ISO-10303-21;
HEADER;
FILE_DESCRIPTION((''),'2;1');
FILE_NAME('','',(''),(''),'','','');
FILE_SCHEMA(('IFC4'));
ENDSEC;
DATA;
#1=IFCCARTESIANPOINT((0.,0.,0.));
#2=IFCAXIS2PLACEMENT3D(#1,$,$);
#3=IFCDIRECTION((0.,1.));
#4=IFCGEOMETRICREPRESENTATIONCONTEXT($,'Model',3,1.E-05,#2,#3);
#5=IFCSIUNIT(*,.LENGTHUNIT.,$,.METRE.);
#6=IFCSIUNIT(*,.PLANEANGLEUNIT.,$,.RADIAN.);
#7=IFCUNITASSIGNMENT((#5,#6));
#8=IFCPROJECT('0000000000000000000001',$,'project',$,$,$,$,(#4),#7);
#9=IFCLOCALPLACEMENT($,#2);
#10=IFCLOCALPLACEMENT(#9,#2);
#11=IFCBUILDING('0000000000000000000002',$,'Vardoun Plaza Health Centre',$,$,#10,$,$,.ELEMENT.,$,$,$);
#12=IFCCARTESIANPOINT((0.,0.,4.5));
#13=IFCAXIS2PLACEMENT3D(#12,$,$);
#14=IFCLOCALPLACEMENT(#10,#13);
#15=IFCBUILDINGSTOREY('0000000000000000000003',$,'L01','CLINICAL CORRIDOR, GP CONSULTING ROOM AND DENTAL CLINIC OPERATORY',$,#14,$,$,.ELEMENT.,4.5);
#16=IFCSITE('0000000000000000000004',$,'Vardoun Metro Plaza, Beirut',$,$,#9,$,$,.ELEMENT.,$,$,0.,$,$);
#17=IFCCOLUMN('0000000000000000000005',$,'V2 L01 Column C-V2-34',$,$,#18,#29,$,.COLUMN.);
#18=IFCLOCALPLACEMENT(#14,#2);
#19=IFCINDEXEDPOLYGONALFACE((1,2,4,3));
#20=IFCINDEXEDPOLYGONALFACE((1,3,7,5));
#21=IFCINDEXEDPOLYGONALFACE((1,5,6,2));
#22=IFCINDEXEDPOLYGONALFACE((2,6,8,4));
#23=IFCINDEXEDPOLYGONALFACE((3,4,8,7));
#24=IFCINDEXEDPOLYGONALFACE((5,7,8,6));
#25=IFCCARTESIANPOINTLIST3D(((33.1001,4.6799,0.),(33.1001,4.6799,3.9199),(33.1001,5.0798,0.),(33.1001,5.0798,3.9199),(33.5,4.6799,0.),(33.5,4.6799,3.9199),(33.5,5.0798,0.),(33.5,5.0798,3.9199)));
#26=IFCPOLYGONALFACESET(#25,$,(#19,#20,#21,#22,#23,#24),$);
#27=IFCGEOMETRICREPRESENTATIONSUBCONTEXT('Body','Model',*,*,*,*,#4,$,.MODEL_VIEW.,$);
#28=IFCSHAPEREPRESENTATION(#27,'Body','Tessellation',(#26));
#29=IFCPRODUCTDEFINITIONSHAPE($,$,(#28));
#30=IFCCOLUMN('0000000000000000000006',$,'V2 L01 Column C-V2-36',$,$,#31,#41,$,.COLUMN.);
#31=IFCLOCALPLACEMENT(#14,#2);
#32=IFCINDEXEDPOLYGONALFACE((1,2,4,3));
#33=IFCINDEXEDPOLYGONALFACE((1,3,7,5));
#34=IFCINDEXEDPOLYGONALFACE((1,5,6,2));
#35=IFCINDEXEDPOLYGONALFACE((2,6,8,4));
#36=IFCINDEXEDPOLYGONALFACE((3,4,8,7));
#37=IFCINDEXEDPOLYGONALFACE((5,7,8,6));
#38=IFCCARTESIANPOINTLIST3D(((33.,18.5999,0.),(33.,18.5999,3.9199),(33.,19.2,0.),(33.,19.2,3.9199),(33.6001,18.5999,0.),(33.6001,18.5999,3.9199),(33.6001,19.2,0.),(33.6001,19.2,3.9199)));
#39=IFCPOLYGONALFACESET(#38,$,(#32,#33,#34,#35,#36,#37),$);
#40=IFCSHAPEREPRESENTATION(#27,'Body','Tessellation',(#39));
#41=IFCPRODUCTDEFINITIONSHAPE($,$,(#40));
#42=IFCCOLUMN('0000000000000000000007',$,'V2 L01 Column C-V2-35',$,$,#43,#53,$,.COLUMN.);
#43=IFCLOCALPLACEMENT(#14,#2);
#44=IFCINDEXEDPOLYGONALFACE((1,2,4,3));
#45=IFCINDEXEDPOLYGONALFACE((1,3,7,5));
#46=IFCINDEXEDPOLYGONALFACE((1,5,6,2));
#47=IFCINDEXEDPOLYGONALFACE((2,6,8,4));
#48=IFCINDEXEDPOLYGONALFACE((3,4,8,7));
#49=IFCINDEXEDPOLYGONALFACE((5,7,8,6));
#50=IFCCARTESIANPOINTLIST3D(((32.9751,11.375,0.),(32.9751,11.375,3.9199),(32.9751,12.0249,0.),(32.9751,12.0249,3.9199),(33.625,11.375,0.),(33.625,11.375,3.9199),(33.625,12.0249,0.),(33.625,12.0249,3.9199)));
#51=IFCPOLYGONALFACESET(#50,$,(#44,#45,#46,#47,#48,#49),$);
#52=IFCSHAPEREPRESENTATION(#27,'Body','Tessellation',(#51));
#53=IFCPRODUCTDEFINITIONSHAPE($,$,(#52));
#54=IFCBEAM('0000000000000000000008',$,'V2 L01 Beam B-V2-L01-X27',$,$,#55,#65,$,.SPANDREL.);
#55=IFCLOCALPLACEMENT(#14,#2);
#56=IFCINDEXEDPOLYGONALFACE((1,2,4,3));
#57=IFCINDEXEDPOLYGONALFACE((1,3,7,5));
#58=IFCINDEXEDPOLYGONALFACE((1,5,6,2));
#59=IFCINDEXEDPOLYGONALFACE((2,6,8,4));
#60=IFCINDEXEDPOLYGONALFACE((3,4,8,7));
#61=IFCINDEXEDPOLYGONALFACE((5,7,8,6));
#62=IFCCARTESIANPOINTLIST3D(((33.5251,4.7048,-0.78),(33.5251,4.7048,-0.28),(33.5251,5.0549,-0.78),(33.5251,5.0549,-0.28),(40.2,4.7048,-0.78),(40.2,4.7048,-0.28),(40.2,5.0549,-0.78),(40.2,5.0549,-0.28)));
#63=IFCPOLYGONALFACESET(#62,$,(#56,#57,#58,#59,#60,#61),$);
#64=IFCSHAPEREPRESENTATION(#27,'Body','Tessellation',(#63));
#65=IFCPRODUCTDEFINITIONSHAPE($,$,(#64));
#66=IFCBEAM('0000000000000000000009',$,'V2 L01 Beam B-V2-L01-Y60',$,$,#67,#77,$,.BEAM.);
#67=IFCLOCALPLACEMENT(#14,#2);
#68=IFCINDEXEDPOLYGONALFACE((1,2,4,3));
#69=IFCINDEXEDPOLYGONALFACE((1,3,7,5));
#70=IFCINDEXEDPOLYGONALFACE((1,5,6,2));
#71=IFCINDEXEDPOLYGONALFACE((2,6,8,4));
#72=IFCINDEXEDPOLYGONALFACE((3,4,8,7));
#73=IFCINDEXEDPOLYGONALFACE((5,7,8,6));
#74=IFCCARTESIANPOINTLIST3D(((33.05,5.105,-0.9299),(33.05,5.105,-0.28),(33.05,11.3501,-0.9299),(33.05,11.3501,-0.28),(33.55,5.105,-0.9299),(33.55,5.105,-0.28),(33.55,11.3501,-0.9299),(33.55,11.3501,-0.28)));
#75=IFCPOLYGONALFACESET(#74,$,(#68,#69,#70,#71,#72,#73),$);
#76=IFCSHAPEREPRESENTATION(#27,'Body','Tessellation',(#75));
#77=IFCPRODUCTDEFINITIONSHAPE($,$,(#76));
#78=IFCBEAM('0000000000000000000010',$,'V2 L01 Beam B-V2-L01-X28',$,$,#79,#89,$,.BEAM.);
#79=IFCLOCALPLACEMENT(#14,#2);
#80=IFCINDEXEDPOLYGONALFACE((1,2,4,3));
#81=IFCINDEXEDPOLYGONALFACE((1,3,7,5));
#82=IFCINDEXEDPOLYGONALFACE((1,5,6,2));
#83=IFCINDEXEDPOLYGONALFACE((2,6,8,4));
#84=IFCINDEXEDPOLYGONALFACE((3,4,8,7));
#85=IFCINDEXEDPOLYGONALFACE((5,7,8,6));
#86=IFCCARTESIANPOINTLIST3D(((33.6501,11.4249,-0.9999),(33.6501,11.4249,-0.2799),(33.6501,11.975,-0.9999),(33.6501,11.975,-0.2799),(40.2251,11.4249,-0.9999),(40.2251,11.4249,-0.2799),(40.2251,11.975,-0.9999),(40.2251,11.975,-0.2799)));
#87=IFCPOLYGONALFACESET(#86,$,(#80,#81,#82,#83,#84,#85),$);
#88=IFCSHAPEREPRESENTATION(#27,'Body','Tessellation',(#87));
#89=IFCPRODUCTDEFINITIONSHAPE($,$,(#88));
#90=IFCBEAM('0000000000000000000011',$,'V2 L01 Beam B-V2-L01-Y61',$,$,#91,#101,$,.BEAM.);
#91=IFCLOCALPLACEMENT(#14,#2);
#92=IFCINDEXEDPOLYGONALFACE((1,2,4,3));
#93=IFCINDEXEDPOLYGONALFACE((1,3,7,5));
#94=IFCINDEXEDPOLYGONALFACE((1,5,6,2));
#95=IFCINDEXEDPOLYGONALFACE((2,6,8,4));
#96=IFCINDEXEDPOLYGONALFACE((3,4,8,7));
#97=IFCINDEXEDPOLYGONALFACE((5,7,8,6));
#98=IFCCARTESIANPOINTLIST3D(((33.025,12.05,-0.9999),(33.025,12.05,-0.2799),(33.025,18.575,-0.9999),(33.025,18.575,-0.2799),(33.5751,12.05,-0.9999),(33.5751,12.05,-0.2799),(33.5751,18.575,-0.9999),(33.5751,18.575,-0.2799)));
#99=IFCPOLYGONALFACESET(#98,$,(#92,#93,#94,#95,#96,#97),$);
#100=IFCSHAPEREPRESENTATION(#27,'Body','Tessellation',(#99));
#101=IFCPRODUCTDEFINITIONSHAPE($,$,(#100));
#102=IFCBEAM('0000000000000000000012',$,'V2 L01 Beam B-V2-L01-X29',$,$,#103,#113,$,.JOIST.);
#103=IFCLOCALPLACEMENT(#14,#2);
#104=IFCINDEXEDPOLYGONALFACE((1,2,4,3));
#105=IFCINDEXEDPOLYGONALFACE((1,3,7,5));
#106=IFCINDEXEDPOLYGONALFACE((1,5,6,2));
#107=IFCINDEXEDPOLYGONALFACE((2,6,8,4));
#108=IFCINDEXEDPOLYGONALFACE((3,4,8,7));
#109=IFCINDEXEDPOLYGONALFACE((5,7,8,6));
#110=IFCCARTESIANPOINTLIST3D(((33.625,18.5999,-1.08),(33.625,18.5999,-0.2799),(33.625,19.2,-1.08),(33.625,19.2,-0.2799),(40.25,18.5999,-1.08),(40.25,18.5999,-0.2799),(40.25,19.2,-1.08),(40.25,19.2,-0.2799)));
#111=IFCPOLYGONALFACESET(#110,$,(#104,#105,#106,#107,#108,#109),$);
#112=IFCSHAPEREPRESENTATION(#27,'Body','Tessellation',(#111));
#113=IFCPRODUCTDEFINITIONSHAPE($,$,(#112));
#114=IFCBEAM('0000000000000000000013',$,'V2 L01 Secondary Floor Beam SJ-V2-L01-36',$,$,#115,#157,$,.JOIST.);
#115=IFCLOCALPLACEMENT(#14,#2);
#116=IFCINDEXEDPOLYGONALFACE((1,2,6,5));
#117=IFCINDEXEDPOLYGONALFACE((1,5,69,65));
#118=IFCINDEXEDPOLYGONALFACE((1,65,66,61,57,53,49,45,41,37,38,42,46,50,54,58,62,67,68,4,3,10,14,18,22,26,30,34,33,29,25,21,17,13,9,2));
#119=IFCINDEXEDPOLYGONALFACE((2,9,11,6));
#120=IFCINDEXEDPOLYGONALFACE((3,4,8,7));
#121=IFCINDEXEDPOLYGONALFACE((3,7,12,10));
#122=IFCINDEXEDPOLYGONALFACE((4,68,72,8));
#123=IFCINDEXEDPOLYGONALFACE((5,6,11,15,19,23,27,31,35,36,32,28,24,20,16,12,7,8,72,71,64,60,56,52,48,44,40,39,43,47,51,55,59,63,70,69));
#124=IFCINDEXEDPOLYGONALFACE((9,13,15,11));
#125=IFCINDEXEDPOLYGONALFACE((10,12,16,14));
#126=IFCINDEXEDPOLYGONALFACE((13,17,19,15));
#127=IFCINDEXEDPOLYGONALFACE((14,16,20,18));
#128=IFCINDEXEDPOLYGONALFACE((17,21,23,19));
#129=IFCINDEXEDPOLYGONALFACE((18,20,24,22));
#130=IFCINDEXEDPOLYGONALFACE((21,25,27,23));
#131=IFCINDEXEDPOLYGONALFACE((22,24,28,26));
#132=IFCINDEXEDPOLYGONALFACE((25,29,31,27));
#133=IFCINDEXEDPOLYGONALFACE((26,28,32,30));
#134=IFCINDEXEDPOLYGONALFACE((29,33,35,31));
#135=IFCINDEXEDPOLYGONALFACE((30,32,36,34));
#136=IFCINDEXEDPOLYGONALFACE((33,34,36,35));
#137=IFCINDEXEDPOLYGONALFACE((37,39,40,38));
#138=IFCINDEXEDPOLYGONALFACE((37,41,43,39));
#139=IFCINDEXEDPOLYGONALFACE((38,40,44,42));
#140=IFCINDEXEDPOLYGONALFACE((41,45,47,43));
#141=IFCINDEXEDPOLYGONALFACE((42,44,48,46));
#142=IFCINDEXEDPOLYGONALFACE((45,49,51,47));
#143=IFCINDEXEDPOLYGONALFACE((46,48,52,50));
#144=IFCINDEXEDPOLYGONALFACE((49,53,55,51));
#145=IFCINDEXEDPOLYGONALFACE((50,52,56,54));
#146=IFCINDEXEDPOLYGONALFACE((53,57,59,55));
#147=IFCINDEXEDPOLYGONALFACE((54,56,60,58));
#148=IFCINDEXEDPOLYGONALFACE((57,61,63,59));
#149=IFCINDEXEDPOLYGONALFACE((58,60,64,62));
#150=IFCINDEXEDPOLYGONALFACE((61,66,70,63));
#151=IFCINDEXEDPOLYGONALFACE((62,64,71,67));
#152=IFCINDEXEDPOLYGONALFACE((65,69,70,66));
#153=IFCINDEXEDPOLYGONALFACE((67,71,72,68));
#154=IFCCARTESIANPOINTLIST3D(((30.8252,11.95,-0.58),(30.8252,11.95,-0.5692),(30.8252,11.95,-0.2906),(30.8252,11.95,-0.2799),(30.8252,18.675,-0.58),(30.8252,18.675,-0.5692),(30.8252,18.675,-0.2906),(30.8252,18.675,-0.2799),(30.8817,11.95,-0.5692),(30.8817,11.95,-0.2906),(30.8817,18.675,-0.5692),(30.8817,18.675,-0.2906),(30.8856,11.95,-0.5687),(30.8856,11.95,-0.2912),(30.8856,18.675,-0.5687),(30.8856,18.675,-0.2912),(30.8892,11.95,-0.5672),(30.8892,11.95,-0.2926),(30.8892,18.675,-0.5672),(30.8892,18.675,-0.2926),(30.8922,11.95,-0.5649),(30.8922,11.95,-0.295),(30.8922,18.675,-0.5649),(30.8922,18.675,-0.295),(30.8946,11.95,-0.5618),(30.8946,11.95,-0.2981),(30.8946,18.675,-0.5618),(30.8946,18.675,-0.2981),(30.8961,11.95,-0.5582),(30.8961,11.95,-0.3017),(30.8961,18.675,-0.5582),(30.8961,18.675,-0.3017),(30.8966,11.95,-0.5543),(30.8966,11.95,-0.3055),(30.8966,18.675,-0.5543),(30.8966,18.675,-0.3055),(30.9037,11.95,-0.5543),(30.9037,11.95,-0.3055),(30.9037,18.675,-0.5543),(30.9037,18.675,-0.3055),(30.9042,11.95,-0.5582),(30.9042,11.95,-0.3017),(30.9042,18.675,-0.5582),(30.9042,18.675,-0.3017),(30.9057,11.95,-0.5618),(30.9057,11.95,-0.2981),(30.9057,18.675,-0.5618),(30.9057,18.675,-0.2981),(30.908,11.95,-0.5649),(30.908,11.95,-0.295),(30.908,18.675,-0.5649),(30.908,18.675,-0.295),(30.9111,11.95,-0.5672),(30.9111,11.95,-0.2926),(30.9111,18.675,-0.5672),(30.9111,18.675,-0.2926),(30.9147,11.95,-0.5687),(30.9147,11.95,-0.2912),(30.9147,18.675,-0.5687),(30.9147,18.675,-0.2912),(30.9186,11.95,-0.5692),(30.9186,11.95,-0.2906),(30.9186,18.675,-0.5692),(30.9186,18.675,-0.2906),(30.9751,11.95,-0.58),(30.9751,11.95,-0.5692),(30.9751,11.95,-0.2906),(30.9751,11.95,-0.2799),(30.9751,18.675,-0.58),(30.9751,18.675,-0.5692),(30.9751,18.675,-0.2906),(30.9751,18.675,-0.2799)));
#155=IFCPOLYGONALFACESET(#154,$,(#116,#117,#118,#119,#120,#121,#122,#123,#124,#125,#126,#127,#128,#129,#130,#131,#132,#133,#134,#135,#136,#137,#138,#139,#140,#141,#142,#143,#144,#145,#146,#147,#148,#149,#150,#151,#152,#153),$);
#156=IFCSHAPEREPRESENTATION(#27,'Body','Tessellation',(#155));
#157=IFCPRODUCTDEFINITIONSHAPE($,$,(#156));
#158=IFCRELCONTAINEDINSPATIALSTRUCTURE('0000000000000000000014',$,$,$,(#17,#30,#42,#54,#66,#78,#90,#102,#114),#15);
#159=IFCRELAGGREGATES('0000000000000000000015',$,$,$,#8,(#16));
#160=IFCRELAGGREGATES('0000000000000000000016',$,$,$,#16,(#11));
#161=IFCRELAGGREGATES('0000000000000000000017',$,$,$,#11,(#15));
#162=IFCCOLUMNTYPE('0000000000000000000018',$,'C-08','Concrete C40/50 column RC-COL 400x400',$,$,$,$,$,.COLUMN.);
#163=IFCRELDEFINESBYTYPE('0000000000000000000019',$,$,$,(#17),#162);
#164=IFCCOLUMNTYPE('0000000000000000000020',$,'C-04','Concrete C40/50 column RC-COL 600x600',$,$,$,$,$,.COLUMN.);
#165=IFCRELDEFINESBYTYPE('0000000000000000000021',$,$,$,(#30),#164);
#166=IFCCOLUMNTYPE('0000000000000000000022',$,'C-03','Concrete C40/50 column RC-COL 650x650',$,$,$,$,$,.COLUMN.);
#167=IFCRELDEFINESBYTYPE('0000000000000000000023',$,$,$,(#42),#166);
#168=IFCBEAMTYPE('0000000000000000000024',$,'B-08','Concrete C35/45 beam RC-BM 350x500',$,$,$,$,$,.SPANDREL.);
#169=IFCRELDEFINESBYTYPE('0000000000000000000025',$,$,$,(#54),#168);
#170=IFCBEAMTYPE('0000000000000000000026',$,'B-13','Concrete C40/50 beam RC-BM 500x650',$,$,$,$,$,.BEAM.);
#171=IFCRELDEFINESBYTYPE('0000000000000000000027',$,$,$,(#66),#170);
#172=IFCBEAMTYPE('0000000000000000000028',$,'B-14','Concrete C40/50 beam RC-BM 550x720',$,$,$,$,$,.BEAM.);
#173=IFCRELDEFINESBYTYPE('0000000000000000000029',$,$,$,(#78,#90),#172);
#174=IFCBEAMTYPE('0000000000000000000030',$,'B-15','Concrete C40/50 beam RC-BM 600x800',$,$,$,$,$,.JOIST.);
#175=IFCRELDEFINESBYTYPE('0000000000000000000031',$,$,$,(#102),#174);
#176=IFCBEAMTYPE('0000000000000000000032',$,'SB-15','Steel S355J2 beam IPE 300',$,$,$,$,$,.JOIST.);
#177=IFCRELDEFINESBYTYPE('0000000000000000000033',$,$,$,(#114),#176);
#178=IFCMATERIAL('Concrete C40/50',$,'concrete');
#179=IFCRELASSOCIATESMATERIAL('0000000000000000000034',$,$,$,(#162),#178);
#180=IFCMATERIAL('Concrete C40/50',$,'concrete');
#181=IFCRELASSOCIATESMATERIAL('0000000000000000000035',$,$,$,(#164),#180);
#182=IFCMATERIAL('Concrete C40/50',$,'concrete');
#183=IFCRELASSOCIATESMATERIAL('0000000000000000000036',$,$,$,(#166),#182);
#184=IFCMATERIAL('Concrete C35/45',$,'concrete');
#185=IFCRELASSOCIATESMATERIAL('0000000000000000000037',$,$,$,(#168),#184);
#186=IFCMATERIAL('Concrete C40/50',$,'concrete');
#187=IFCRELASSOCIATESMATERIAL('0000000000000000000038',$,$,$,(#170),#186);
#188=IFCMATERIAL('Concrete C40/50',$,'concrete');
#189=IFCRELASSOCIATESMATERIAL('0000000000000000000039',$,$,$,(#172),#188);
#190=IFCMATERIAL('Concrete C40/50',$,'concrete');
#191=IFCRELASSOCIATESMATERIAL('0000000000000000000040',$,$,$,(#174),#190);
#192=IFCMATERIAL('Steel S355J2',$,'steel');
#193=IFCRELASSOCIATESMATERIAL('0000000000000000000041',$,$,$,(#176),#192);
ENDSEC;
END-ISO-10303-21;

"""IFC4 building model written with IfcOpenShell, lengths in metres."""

from ifc_helpers import new_model, si_unit, direction, frame, origin, origin_2d, place, context, subcontext, project, spatial, rectangle, i_section, extrude, material, material_profile, profile_set, type_object, element, save


model = new_model("IFC4")

# Units and contexts
model_context = context("Model", 3, precision=1e-05, world=origin(), true_north=direction((0.0, 1.0)))
body_context = subcontext(model_context, "Body", "Model", "MODEL_VIEW")
ifc_project = project(units=[si_unit("LENGTHUNIT", "METRE"), si_unit("PLANEANGLEUNIT", "RADIAN")], contexts=[model_context])

# Site, building, storey
site_placement = place(None, origin())
site = spatial("IfcSite", under=ifc_project, at=site_placement, Name="Vardoun Metro Plaza, Beirut", CompositionType="ELEMENT", RefElevation=0.0)
building_placement = place(site_placement, origin())
building = spatial("IfcBuilding", under=site, at=building_placement, Name="Vardoun Plaza Health Centre", CompositionType="ELEMENT")
storey_placement = place(building_placement, frame((0.0, 0.0, 4.5)))
storey = spatial("IfcBuildingStorey", under=building, at=storey_placement, Name="L01", Description="CLINICAL CORRIDOR, GP CONSULTING ROOM AND DENTAL CLINIC OPERATORY", CompositionType="ELEMENT", Elevation=4.5)

# Columns
ifc_material_1 = material(Name="Concrete C40/50", Category="concrete")
ifc_material_profile_1 = material_profile(ifc_material_1, rectangle(XDim=0.3999, YDim=0.3999, at=origin_2d()), Name="RC-COL 400x400")
ifc_profile_set_1 = profile_set([ifc_material_profile_1], Name="Concrete C40/50")
column_type_1 = type_object("IfcColumnType", Name="C-08", Description="Concrete C40/50 column RC-COL 400x400", PredefinedType="COLUMN", material=ifc_profile_set_1)
column_1_placement = place(storey_placement, frame((33.3, 4.8799, 0.0), z_axis=(0.0, 0.0, 1.0), x_axis=(1.0, 0.0, 0.0)))
element("IfcColumn", 1, at=column_1_placement, inside=storey, type_object=column_type_1, Name="V2 L01 Column C-V2-34", PredefinedType="COLUMN", context=body_context, shape_type="SweptSolid", body=[
    extrude(rectangle(XDim=0.3999, YDim=0.3999, at=origin_2d()), origin(), (0.0, 0.0, 1.0), 3.9199),
])
ifc_material_2 = material(Name="Concrete C40/50", Category="concrete")
ifc_material_profile_2 = material_profile(ifc_material_2, rectangle(XDim=0.6001, YDim=0.6001, at=origin_2d()), Name="RC-COL 600x600")
ifc_profile_set_2 = profile_set([ifc_material_profile_2], Name="Concrete C40/50")
column_type_2 = type_object("IfcColumnType", Name="C-04", Description="Concrete C40/50 column RC-COL 600x600", PredefinedType="COLUMN", material=ifc_profile_set_2)
column_2_placement = place(storey_placement, frame((33.3, 18.8999, 0.0), z_axis=(0.0, 0.0, 1.0), x_axis=(1.0, 0.0, 0.0)))
element("IfcColumn", 2, at=column_2_placement, inside=storey, type_object=column_type_2, Name="V2 L01 Column C-V2-36", PredefinedType="COLUMN", context=body_context, shape_type="SweptSolid", body=[
    extrude(rectangle(XDim=0.6001, YDim=0.6001, at=origin_2d()), origin(), (0.0, 0.0, 1.0), 3.9199),
])
ifc_material_3 = material(Name="Concrete C40/50", Category="concrete")
ifc_material_profile_3 = material_profile(ifc_material_3, rectangle(XDim=0.6499, YDim=0.6499, at=origin_2d()), Name="RC-COL 650x650")
ifc_profile_set_3 = profile_set([ifc_material_profile_3], Name="Concrete C40/50")
column_type_3 = type_object("IfcColumnType", Name="C-03", Description="Concrete C40/50 column RC-COL 650x650", PredefinedType="COLUMN", material=ifc_profile_set_3)
column_3_placement = place(storey_placement, frame((33.3, 11.7, 0.0), z_axis=(0.0, 0.0, 1.0), x_axis=(1.0, 0.0, 0.0)))
element("IfcColumn", 3, at=column_3_placement, inside=storey, type_object=column_type_3, Name="V2 L01 Column C-V2-35", PredefinedType="COLUMN", context=body_context, shape_type="SweptSolid", body=[
    extrude(rectangle(XDim=0.6499, YDim=0.6499, at=origin_2d()), origin(), (0.0, 0.0, 1.0), 3.9199),
])

# Beams
ifc_material_4 = material(Name="Concrete C35/45", Category="concrete")
ifc_material_profile_4 = material_profile(ifc_material_4, rectangle(XDim=0.3501, YDim=0.5, at=origin_2d()), Name="RC-BM 350x500")
ifc_profile_set_4 = profile_set([ifc_material_profile_4], Name="Concrete C35/45")
beam_type_1 = type_object("IfcBeamType", Name="B-08", Description="Concrete C35/45 beam RC-BM 350x500", PredefinedType="SPANDREL", material=ifc_profile_set_4)
beam_1_placement = place(storey_placement, frame((33.5251, 4.8799, -0.53), z_axis=(1.0, 0.0, 0.0), x_axis=(0.0, 1.0, 0.0)))
element("IfcBeam", 4, at=beam_1_placement, inside=storey, type_object=beam_type_1, Name="V2 L01 Beam B-V2-L01-X27", PredefinedType="SPANDREL", context=body_context, shape_type="SweptSolid", body=[
    extrude(rectangle(XDim=0.3501, YDim=0.5, at=origin_2d()), origin(), (0.0, 0.0, 1.0), 6.6748),
])
ifc_material_5 = material(Name="Concrete C40/50", Category="concrete")
ifc_material_profile_5 = material_profile(ifc_material_5, rectangle(XDim=0.5, YDim=0.6499, at=origin_2d()), Name="RC-BM 500x650")
ifc_profile_set_5 = profile_set([ifc_material_profile_5], Name="Concrete C40/50")
beam_type_2 = type_object("IfcBeamType", Name="B-13", Description="Concrete C40/50 beam RC-BM 500x650", PredefinedType="BEAM", material=ifc_profile_set_5)
beam_2_placement = place(storey_placement, frame((33.3, 5.105, -0.605), z_axis=(0.0, 1.0, 0.0), x_axis=(-1.0, 0.0, 0.0)))
element("IfcBeam", 5, at=beam_2_placement, inside=storey, type_object=beam_type_2, Name="V2 L01 Beam B-V2-L01-Y60", PredefinedType="BEAM", context=body_context, shape_type="SweptSolid", body=[
    extrude(rectangle(XDim=0.5, YDim=0.6499, at=origin_2d()), origin(), (0.0, 0.0, 1.0), 6.2451),
])
ifc_material_6 = material(Name="Concrete C40/50", Category="concrete")
ifc_material_profile_6 = material_profile(ifc_material_6, rectangle(XDim=0.55, YDim=0.72, at=origin_2d()), Name="RC-BM 550x720")
ifc_profile_set_6 = profile_set([ifc_material_profile_6], Name="Concrete C40/50")
beam_type_3 = type_object("IfcBeamType", Name="B-14", Description="Concrete C40/50 beam RC-BM 550x720", PredefinedType="BEAM", material=ifc_profile_set_6)
beam_3_placement = place(storey_placement, frame((33.6501, 11.7, -0.6399), z_axis=(1.0, 0.0, 0.0), x_axis=(0.0, 1.0, 0.0)))
element("IfcBeam", 6, at=beam_3_placement, inside=storey, type_object=beam_type_3, Name="V2 L01 Beam B-V2-L01-X28", PredefinedType="BEAM", context=body_context, shape_type="SweptSolid", body=[
    extrude(rectangle(XDim=0.55, YDim=0.72, at=origin_2d()), origin(), (0.0, 0.0, 1.0), 6.575),
])
beam_4_placement = place(storey_placement, frame((33.3, 12.05, -0.6399), z_axis=(0.0, 1.0, 0.0), x_axis=(-1.0, 0.0, 0.0)))
element("IfcBeam", 7, at=beam_4_placement, inside=storey, type_object=beam_type_3, Name="V2 L01 Beam B-V2-L01-Y61", PredefinedType="BEAM", context=body_context, shape_type="SweptSolid", body=[
    extrude(rectangle(XDim=0.55, YDim=0.72, at=origin_2d()), origin(), (0.0, 0.0, 1.0), 6.5249),
])
ifc_material_7 = material(Name="Concrete C40/50", Category="concrete")
ifc_material_profile_7 = material_profile(ifc_material_7, rectangle(XDim=0.6001, YDim=0.8, at=origin_2d()), Name="RC-BM 600x800")
ifc_profile_set_7 = profile_set([ifc_material_profile_7], Name="Concrete C40/50")
beam_type_4 = type_object("IfcBeamType", Name="B-15", Description="Concrete C40/50 beam RC-BM 600x800", PredefinedType="JOIST", material=ifc_profile_set_7)
beam_5_placement = place(storey_placement, frame((33.625, 18.8999, -0.6799), z_axis=(1.0, 0.0, 0.0), x_axis=(0.0, 1.0, 0.0)))
element("IfcBeam", 8, at=beam_5_placement, inside=storey, type_object=beam_type_4, Name="V2 L01 Beam B-V2-L01-X29", PredefinedType="JOIST", context=body_context, shape_type="SweptSolid", body=[
    extrude(rectangle(XDim=0.6001, YDim=0.8, at=origin_2d()), origin(), (0.0, 0.0, 1.0), 6.625),
])
ifc_material_8 = material(Name="Steel S355J2", Category="steel")
ifc_material_profile_8 = material_profile(ifc_material_8, i_section(OverallWidth=0.1499, OverallDepth=0.3, WebThickness=0.0071, FlangeThickness=0.0107, FilletRadius=0.0149, at=origin_2d()), Name="IPE 300")
ifc_profile_set_8 = profile_set([ifc_material_profile_8], Name="Steel S355J2")
beam_type_5 = type_object("IfcBeamType", Name="SB-15", Description="Steel S355J2 beam IPE 300", PredefinedType="JOIST", material=ifc_profile_set_8)
beam_6_placement = place(storey_placement, frame((30.9001, 11.95, -0.4299), z_axis=(0.0, 1.0, 0.0), x_axis=(-1.0, 0.0, 0.0)))
element("IfcBeam", 9, at=beam_6_placement, inside=storey, type_object=beam_type_5, Name="V2 L01 Secondary Floor Beam SJ-V2-L01-36", PredefinedType="JOIST", context=body_context, shape_type="SweptSolid", body=[
    extrude(i_section(OverallWidth=0.1499, OverallDepth=0.3, WebThickness=0.0071, FlangeThickness=0.0107, FilletRadius=0.0149, at=origin_2d()), origin(), (0.0, 0.0, 1.0), 6.7251),
])

save(model, "model.ifc")
